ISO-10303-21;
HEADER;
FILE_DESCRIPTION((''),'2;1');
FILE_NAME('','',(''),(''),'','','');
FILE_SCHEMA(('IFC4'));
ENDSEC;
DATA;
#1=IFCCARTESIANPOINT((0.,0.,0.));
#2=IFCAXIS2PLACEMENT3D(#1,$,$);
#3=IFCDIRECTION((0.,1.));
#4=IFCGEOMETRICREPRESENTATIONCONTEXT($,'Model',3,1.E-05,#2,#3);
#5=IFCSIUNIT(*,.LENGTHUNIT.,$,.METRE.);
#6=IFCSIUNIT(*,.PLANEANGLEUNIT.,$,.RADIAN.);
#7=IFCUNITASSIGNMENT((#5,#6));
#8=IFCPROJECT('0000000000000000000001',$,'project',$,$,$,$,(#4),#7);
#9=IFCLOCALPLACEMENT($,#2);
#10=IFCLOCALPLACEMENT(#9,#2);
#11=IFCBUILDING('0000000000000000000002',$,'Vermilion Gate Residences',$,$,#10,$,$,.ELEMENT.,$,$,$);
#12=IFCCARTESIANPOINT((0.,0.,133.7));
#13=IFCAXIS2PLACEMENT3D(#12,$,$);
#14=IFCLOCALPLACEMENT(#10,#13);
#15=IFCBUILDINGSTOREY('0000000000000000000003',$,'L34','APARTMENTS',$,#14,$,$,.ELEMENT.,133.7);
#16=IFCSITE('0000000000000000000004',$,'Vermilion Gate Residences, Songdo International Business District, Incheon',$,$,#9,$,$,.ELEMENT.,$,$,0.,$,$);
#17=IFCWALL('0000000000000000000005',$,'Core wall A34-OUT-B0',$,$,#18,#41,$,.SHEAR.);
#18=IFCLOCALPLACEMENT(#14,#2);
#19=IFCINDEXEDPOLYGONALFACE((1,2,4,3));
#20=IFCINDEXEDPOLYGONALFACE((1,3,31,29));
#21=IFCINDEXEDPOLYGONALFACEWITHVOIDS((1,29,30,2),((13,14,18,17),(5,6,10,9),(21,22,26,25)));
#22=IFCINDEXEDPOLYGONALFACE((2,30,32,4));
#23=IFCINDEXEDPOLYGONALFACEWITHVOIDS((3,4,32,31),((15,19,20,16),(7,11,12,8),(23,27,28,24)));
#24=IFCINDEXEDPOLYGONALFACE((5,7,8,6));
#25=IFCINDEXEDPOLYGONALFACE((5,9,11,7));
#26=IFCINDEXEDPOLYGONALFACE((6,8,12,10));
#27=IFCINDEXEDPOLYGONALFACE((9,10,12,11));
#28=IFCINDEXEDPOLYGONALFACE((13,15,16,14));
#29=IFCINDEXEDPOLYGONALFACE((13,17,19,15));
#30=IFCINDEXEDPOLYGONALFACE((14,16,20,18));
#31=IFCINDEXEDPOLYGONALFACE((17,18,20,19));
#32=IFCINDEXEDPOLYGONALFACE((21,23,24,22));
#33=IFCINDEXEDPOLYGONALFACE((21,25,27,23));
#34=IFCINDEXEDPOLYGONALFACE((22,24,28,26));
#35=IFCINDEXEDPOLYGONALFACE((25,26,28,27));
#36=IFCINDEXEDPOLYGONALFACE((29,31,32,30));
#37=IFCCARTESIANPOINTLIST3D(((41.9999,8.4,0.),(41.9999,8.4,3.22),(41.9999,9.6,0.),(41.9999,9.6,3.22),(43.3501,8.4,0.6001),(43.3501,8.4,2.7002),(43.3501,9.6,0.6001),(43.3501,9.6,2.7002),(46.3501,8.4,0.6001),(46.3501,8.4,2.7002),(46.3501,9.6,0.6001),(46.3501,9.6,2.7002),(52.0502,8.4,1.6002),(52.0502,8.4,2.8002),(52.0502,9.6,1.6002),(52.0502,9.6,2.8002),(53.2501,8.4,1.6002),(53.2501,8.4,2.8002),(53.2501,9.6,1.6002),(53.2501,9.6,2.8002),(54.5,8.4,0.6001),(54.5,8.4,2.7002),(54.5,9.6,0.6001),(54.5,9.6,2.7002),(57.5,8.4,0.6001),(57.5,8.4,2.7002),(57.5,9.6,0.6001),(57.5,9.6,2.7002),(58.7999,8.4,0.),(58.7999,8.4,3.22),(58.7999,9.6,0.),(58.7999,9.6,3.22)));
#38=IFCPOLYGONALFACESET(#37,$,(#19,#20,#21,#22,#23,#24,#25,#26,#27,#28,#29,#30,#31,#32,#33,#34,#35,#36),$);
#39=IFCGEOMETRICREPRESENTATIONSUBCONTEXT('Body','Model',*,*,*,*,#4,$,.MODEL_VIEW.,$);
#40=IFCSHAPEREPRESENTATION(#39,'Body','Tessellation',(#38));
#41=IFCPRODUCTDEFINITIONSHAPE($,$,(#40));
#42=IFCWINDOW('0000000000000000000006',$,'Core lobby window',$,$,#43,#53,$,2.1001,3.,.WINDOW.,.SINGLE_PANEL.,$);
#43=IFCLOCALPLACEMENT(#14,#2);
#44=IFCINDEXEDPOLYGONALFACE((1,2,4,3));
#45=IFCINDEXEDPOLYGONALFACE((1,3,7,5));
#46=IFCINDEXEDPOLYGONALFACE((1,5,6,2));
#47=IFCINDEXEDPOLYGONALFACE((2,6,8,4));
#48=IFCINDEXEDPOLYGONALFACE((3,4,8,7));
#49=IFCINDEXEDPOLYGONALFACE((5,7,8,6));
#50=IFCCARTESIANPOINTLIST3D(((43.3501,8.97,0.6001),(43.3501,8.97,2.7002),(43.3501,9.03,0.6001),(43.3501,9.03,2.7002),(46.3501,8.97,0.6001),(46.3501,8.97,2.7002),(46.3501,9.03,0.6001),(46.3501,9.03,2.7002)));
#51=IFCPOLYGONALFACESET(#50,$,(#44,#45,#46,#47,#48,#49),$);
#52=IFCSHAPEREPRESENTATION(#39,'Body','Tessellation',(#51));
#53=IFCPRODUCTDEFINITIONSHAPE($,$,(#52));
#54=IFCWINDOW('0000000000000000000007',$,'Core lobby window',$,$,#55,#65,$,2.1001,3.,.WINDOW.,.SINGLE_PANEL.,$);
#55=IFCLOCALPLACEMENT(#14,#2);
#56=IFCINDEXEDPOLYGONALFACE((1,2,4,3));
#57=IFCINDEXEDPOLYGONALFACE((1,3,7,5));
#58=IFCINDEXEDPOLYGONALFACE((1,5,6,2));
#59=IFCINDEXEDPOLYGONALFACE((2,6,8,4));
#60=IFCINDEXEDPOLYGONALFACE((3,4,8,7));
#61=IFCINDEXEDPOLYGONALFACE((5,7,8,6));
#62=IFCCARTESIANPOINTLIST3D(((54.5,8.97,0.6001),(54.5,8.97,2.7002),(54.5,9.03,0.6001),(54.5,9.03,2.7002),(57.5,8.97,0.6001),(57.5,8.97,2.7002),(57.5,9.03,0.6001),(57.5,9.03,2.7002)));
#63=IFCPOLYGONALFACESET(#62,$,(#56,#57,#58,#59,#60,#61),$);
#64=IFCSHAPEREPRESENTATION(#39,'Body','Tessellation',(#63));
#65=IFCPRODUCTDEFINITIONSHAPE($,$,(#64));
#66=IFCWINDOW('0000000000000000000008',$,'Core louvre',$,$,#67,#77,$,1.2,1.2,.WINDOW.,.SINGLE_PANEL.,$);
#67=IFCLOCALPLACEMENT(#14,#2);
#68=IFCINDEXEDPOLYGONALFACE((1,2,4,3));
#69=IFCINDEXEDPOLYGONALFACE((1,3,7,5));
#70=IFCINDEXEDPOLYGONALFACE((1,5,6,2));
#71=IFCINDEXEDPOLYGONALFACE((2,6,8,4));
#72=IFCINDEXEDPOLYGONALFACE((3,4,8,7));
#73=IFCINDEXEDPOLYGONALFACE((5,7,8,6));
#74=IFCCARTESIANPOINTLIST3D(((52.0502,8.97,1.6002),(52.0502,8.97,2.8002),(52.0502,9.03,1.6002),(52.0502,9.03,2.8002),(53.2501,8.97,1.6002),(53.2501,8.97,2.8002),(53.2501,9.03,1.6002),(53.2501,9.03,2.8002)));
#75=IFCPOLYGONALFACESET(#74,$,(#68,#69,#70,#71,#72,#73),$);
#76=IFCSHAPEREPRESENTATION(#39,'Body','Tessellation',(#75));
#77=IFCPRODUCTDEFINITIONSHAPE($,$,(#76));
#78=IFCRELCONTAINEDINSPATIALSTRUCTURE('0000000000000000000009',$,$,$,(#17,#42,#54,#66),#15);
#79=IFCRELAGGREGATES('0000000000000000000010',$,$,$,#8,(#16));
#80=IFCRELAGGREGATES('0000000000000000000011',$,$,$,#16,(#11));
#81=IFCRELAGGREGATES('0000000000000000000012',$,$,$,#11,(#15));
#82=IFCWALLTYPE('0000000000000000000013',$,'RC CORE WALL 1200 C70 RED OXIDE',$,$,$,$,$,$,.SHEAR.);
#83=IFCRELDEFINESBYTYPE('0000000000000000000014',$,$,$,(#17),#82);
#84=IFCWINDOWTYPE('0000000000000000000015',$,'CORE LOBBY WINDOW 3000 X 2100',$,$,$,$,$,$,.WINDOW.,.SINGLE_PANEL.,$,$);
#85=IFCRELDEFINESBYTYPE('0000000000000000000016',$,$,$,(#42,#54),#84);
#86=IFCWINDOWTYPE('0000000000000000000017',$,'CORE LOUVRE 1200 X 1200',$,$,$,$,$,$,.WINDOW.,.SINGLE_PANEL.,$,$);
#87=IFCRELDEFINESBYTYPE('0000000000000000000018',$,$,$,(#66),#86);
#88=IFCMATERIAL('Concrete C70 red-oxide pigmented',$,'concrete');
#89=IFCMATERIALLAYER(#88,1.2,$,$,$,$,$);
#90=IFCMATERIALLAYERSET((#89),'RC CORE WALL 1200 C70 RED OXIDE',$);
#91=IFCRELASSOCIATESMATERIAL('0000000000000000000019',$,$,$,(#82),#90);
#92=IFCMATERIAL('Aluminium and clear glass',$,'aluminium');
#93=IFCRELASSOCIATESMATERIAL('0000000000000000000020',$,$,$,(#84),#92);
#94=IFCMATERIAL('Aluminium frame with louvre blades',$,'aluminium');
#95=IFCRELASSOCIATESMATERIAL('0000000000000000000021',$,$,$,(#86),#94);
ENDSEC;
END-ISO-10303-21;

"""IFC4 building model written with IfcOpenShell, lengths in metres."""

from ifc_helpers import new_model, si_unit, direction, frame, frame_2d, origin, place, context, subcontext, project, spatial, rectangle, extrude, material, layer, layer_set, type_object, element, fill, save


model = new_model("IFC4")

# Units and contexts
model_context = context("Model", 3, precision=1e-05, world=origin(), true_north=direction((0.0, 1.0)))
body_context = subcontext(model_context, "Body", "Model", "MODEL_VIEW")
ifc_project = project(units=[si_unit("LENGTHUNIT", "METRE"), si_unit("PLANEANGLEUNIT", "RADIAN")], contexts=[model_context])

# Site, building, storey
site_placement = place(None, origin())
site = spatial("IfcSite", under=ifc_project, at=site_placement, Name="Vermilion Gate Residences, Songdo International Business District, Incheon", CompositionType="ELEMENT", RefElevation=0.0)
building_placement = place(site_placement, origin())
building = spatial("IfcBuilding", under=site, at=building_placement, Name="Vermilion Gate Residences", CompositionType="ELEMENT")
storey_placement = place(building_placement, frame((0.0, 0.0, 133.7)))
storey = spatial("IfcBuildingStorey", under=building, at=storey_placement, Name="L34", Description="APARTMENTS", CompositionType="ELEMENT", Elevation=133.7)

# Wall, openings, windows
ifc_material_1 = material(Name="Concrete C70 red-oxide pigmented", Category="concrete")
ifc_layer_1 = layer(ifc_material_1, 1.2)
ifc_layer_set_1 = layer_set([ifc_layer_1], Name="RC CORE WALL 1200 C70 RED OXIDE")
wall_type_1 = type_object("IfcWallType", Name="RC CORE WALL 1200 C70 RED OXIDE", PredefinedType="SHEAR", material=ifc_layer_set_1)
wall_1_placement = place(storey_placement, frame((42.0, 9.0, 0.0), z_axis=(0.0, 0.0, 1.0), x_axis=(1.0, 0.0, 0.0)))
wall_1 = element("IfcWall", 1, at=wall_1_placement, inside=storey, type_object=wall_type_1, Name="Core wall A34-OUT-B0", PredefinedType="SHEAR", context=body_context, shape_type="SweptSolid", body=[
    extrude(rectangle(XDim=16.8, YDim=1.2, at=frame_2d((8.3999, 0.0))), origin(), (0.0, 0.0, 1.0), 3.22),
])
opening_1_placement = place(wall_1_placement, frame((1.3501, 0.0, 0.6001)))
opening_1 = element("IfcOpeningElement", 2, at=opening_1_placement, cuts=wall_1, PredefinedType="OPENING", context=body_context, shape_type="SweptSolid", body=[
    extrude(rectangle(XDim=3.0, YDim=2.1001, at=frame_2d((1.5, 1.05))), frame((0.0, 0.6099, 0.0), z_axis=(0.0, -1.0, 0.0), x_axis=(1.0, 0.0, 0.0)), (0.0, 0.0, 1.0), 1.22),
])
opening_2_placement = place(wall_1_placement, frame((10.05, 0.0, 1.6001)))
opening_2 = element("IfcOpeningElement", 3, at=opening_2_placement, cuts=wall_1, PredefinedType="OPENING", context=body_context, shape_type="SweptSolid", body=[
    extrude(rectangle(XDim=1.2, YDim=1.2, at=frame_2d((0.6001, 0.6001))), frame((0.0, 0.6099, 0.0), z_axis=(0.0, -1.0, 0.0), x_axis=(1.0, 0.0, 0.0)), (0.0, 0.0, 1.0), 1.22),
])
opening_3_placement = place(wall_1_placement, frame((12.5, 0.0, 0.6001)))
opening_3 = element("IfcOpeningElement", 4, at=opening_3_placement, cuts=wall_1, PredefinedType="OPENING", context=body_context, shape_type="SweptSolid", body=[
    extrude(rectangle(XDim=3.0, YDim=2.1001, at=frame_2d((1.5, 1.05))), frame((0.0, 0.6099, 0.0), z_axis=(0.0, -1.0, 0.0), x_axis=(1.0, 0.0, 0.0)), (0.0, 0.0, 1.0), 1.22),
])
ifc_material_2 = material(Name="Aluminium and clear glass", Category="aluminium")
window_type_1 = type_object("IfcWindowType", Name="CORE LOBBY WINDOW 3000 X 2100", PartitioningType="SINGLE_PANEL", PredefinedType="WINDOW", material=ifc_material_2)
window_1_placement = place(opening_1_placement, origin())
window_1 = element("IfcWindow", 5, at=window_1_placement, inside=storey, type_object=window_type_1, Name="Core lobby window", OverallHeight=2.1001, OverallWidth=3.0, PartitioningType="SINGLE_PANEL", PredefinedType="WINDOW", context=body_context, shape_type="SweptSolid", body=[
    extrude(rectangle(XDim=3.0, YDim=2.1001, at=frame_2d((1.5, 1.05))), frame((0.0, 0.03, 0.0), z_axis=(0.0, -1.0, 0.0), x_axis=(1.0, 0.0, 0.0)), (0.0, 0.0, 1.0), 0.0601),
])
fill(opening_1, window_1)
window_2_placement = place(opening_3_placement, origin())
window_2 = element("IfcWindow", 6, at=window_2_placement, inside=storey, type_object=window_type_1, Name="Core lobby window", OverallHeight=2.1001, OverallWidth=3.0, PartitioningType="SINGLE_PANEL", PredefinedType="WINDOW", context=body_context, shape_type="SweptSolid", body=[
    extrude(rectangle(XDim=3.0, YDim=2.1001, at=frame_2d((1.5, 1.05))), frame((0.0, 0.03, 0.0), z_axis=(0.0, -1.0, 0.0), x_axis=(1.0, 0.0, 0.0)), (0.0, 0.0, 1.0), 0.0601),
])
fill(opening_3, window_2)
ifc_material_3 = material(Name="Aluminium frame with louvre blades", Category="aluminium")
window_type_2 = type_object("IfcWindowType", Name="CORE LOUVRE 1200 X 1200", PartitioningType="SINGLE_PANEL", PredefinedType="WINDOW", material=ifc_material_3)
window_3_placement = place(opening_2_placement, origin())
window_3 = element("IfcWindow", 7, at=window_3_placement, inside=storey, type_object=window_type_2, Name="Core louvre", OverallHeight=1.2, OverallWidth=1.2, PartitioningType="SINGLE_PANEL", PredefinedType="WINDOW", context=body_context, shape_type="SweptSolid", body=[
    extrude(rectangle(XDim=1.2, YDim=1.2, at=frame_2d((0.6001, 0.6001))), frame((0.0, 0.03, 0.0), z_axis=(0.0, -1.0, 0.0), x_axis=(1.0, 0.0, 0.0)), (0.0, 0.0, 1.0), 0.0601),
])
fill(opening_2, window_3)

save(model, "model.ifc")
